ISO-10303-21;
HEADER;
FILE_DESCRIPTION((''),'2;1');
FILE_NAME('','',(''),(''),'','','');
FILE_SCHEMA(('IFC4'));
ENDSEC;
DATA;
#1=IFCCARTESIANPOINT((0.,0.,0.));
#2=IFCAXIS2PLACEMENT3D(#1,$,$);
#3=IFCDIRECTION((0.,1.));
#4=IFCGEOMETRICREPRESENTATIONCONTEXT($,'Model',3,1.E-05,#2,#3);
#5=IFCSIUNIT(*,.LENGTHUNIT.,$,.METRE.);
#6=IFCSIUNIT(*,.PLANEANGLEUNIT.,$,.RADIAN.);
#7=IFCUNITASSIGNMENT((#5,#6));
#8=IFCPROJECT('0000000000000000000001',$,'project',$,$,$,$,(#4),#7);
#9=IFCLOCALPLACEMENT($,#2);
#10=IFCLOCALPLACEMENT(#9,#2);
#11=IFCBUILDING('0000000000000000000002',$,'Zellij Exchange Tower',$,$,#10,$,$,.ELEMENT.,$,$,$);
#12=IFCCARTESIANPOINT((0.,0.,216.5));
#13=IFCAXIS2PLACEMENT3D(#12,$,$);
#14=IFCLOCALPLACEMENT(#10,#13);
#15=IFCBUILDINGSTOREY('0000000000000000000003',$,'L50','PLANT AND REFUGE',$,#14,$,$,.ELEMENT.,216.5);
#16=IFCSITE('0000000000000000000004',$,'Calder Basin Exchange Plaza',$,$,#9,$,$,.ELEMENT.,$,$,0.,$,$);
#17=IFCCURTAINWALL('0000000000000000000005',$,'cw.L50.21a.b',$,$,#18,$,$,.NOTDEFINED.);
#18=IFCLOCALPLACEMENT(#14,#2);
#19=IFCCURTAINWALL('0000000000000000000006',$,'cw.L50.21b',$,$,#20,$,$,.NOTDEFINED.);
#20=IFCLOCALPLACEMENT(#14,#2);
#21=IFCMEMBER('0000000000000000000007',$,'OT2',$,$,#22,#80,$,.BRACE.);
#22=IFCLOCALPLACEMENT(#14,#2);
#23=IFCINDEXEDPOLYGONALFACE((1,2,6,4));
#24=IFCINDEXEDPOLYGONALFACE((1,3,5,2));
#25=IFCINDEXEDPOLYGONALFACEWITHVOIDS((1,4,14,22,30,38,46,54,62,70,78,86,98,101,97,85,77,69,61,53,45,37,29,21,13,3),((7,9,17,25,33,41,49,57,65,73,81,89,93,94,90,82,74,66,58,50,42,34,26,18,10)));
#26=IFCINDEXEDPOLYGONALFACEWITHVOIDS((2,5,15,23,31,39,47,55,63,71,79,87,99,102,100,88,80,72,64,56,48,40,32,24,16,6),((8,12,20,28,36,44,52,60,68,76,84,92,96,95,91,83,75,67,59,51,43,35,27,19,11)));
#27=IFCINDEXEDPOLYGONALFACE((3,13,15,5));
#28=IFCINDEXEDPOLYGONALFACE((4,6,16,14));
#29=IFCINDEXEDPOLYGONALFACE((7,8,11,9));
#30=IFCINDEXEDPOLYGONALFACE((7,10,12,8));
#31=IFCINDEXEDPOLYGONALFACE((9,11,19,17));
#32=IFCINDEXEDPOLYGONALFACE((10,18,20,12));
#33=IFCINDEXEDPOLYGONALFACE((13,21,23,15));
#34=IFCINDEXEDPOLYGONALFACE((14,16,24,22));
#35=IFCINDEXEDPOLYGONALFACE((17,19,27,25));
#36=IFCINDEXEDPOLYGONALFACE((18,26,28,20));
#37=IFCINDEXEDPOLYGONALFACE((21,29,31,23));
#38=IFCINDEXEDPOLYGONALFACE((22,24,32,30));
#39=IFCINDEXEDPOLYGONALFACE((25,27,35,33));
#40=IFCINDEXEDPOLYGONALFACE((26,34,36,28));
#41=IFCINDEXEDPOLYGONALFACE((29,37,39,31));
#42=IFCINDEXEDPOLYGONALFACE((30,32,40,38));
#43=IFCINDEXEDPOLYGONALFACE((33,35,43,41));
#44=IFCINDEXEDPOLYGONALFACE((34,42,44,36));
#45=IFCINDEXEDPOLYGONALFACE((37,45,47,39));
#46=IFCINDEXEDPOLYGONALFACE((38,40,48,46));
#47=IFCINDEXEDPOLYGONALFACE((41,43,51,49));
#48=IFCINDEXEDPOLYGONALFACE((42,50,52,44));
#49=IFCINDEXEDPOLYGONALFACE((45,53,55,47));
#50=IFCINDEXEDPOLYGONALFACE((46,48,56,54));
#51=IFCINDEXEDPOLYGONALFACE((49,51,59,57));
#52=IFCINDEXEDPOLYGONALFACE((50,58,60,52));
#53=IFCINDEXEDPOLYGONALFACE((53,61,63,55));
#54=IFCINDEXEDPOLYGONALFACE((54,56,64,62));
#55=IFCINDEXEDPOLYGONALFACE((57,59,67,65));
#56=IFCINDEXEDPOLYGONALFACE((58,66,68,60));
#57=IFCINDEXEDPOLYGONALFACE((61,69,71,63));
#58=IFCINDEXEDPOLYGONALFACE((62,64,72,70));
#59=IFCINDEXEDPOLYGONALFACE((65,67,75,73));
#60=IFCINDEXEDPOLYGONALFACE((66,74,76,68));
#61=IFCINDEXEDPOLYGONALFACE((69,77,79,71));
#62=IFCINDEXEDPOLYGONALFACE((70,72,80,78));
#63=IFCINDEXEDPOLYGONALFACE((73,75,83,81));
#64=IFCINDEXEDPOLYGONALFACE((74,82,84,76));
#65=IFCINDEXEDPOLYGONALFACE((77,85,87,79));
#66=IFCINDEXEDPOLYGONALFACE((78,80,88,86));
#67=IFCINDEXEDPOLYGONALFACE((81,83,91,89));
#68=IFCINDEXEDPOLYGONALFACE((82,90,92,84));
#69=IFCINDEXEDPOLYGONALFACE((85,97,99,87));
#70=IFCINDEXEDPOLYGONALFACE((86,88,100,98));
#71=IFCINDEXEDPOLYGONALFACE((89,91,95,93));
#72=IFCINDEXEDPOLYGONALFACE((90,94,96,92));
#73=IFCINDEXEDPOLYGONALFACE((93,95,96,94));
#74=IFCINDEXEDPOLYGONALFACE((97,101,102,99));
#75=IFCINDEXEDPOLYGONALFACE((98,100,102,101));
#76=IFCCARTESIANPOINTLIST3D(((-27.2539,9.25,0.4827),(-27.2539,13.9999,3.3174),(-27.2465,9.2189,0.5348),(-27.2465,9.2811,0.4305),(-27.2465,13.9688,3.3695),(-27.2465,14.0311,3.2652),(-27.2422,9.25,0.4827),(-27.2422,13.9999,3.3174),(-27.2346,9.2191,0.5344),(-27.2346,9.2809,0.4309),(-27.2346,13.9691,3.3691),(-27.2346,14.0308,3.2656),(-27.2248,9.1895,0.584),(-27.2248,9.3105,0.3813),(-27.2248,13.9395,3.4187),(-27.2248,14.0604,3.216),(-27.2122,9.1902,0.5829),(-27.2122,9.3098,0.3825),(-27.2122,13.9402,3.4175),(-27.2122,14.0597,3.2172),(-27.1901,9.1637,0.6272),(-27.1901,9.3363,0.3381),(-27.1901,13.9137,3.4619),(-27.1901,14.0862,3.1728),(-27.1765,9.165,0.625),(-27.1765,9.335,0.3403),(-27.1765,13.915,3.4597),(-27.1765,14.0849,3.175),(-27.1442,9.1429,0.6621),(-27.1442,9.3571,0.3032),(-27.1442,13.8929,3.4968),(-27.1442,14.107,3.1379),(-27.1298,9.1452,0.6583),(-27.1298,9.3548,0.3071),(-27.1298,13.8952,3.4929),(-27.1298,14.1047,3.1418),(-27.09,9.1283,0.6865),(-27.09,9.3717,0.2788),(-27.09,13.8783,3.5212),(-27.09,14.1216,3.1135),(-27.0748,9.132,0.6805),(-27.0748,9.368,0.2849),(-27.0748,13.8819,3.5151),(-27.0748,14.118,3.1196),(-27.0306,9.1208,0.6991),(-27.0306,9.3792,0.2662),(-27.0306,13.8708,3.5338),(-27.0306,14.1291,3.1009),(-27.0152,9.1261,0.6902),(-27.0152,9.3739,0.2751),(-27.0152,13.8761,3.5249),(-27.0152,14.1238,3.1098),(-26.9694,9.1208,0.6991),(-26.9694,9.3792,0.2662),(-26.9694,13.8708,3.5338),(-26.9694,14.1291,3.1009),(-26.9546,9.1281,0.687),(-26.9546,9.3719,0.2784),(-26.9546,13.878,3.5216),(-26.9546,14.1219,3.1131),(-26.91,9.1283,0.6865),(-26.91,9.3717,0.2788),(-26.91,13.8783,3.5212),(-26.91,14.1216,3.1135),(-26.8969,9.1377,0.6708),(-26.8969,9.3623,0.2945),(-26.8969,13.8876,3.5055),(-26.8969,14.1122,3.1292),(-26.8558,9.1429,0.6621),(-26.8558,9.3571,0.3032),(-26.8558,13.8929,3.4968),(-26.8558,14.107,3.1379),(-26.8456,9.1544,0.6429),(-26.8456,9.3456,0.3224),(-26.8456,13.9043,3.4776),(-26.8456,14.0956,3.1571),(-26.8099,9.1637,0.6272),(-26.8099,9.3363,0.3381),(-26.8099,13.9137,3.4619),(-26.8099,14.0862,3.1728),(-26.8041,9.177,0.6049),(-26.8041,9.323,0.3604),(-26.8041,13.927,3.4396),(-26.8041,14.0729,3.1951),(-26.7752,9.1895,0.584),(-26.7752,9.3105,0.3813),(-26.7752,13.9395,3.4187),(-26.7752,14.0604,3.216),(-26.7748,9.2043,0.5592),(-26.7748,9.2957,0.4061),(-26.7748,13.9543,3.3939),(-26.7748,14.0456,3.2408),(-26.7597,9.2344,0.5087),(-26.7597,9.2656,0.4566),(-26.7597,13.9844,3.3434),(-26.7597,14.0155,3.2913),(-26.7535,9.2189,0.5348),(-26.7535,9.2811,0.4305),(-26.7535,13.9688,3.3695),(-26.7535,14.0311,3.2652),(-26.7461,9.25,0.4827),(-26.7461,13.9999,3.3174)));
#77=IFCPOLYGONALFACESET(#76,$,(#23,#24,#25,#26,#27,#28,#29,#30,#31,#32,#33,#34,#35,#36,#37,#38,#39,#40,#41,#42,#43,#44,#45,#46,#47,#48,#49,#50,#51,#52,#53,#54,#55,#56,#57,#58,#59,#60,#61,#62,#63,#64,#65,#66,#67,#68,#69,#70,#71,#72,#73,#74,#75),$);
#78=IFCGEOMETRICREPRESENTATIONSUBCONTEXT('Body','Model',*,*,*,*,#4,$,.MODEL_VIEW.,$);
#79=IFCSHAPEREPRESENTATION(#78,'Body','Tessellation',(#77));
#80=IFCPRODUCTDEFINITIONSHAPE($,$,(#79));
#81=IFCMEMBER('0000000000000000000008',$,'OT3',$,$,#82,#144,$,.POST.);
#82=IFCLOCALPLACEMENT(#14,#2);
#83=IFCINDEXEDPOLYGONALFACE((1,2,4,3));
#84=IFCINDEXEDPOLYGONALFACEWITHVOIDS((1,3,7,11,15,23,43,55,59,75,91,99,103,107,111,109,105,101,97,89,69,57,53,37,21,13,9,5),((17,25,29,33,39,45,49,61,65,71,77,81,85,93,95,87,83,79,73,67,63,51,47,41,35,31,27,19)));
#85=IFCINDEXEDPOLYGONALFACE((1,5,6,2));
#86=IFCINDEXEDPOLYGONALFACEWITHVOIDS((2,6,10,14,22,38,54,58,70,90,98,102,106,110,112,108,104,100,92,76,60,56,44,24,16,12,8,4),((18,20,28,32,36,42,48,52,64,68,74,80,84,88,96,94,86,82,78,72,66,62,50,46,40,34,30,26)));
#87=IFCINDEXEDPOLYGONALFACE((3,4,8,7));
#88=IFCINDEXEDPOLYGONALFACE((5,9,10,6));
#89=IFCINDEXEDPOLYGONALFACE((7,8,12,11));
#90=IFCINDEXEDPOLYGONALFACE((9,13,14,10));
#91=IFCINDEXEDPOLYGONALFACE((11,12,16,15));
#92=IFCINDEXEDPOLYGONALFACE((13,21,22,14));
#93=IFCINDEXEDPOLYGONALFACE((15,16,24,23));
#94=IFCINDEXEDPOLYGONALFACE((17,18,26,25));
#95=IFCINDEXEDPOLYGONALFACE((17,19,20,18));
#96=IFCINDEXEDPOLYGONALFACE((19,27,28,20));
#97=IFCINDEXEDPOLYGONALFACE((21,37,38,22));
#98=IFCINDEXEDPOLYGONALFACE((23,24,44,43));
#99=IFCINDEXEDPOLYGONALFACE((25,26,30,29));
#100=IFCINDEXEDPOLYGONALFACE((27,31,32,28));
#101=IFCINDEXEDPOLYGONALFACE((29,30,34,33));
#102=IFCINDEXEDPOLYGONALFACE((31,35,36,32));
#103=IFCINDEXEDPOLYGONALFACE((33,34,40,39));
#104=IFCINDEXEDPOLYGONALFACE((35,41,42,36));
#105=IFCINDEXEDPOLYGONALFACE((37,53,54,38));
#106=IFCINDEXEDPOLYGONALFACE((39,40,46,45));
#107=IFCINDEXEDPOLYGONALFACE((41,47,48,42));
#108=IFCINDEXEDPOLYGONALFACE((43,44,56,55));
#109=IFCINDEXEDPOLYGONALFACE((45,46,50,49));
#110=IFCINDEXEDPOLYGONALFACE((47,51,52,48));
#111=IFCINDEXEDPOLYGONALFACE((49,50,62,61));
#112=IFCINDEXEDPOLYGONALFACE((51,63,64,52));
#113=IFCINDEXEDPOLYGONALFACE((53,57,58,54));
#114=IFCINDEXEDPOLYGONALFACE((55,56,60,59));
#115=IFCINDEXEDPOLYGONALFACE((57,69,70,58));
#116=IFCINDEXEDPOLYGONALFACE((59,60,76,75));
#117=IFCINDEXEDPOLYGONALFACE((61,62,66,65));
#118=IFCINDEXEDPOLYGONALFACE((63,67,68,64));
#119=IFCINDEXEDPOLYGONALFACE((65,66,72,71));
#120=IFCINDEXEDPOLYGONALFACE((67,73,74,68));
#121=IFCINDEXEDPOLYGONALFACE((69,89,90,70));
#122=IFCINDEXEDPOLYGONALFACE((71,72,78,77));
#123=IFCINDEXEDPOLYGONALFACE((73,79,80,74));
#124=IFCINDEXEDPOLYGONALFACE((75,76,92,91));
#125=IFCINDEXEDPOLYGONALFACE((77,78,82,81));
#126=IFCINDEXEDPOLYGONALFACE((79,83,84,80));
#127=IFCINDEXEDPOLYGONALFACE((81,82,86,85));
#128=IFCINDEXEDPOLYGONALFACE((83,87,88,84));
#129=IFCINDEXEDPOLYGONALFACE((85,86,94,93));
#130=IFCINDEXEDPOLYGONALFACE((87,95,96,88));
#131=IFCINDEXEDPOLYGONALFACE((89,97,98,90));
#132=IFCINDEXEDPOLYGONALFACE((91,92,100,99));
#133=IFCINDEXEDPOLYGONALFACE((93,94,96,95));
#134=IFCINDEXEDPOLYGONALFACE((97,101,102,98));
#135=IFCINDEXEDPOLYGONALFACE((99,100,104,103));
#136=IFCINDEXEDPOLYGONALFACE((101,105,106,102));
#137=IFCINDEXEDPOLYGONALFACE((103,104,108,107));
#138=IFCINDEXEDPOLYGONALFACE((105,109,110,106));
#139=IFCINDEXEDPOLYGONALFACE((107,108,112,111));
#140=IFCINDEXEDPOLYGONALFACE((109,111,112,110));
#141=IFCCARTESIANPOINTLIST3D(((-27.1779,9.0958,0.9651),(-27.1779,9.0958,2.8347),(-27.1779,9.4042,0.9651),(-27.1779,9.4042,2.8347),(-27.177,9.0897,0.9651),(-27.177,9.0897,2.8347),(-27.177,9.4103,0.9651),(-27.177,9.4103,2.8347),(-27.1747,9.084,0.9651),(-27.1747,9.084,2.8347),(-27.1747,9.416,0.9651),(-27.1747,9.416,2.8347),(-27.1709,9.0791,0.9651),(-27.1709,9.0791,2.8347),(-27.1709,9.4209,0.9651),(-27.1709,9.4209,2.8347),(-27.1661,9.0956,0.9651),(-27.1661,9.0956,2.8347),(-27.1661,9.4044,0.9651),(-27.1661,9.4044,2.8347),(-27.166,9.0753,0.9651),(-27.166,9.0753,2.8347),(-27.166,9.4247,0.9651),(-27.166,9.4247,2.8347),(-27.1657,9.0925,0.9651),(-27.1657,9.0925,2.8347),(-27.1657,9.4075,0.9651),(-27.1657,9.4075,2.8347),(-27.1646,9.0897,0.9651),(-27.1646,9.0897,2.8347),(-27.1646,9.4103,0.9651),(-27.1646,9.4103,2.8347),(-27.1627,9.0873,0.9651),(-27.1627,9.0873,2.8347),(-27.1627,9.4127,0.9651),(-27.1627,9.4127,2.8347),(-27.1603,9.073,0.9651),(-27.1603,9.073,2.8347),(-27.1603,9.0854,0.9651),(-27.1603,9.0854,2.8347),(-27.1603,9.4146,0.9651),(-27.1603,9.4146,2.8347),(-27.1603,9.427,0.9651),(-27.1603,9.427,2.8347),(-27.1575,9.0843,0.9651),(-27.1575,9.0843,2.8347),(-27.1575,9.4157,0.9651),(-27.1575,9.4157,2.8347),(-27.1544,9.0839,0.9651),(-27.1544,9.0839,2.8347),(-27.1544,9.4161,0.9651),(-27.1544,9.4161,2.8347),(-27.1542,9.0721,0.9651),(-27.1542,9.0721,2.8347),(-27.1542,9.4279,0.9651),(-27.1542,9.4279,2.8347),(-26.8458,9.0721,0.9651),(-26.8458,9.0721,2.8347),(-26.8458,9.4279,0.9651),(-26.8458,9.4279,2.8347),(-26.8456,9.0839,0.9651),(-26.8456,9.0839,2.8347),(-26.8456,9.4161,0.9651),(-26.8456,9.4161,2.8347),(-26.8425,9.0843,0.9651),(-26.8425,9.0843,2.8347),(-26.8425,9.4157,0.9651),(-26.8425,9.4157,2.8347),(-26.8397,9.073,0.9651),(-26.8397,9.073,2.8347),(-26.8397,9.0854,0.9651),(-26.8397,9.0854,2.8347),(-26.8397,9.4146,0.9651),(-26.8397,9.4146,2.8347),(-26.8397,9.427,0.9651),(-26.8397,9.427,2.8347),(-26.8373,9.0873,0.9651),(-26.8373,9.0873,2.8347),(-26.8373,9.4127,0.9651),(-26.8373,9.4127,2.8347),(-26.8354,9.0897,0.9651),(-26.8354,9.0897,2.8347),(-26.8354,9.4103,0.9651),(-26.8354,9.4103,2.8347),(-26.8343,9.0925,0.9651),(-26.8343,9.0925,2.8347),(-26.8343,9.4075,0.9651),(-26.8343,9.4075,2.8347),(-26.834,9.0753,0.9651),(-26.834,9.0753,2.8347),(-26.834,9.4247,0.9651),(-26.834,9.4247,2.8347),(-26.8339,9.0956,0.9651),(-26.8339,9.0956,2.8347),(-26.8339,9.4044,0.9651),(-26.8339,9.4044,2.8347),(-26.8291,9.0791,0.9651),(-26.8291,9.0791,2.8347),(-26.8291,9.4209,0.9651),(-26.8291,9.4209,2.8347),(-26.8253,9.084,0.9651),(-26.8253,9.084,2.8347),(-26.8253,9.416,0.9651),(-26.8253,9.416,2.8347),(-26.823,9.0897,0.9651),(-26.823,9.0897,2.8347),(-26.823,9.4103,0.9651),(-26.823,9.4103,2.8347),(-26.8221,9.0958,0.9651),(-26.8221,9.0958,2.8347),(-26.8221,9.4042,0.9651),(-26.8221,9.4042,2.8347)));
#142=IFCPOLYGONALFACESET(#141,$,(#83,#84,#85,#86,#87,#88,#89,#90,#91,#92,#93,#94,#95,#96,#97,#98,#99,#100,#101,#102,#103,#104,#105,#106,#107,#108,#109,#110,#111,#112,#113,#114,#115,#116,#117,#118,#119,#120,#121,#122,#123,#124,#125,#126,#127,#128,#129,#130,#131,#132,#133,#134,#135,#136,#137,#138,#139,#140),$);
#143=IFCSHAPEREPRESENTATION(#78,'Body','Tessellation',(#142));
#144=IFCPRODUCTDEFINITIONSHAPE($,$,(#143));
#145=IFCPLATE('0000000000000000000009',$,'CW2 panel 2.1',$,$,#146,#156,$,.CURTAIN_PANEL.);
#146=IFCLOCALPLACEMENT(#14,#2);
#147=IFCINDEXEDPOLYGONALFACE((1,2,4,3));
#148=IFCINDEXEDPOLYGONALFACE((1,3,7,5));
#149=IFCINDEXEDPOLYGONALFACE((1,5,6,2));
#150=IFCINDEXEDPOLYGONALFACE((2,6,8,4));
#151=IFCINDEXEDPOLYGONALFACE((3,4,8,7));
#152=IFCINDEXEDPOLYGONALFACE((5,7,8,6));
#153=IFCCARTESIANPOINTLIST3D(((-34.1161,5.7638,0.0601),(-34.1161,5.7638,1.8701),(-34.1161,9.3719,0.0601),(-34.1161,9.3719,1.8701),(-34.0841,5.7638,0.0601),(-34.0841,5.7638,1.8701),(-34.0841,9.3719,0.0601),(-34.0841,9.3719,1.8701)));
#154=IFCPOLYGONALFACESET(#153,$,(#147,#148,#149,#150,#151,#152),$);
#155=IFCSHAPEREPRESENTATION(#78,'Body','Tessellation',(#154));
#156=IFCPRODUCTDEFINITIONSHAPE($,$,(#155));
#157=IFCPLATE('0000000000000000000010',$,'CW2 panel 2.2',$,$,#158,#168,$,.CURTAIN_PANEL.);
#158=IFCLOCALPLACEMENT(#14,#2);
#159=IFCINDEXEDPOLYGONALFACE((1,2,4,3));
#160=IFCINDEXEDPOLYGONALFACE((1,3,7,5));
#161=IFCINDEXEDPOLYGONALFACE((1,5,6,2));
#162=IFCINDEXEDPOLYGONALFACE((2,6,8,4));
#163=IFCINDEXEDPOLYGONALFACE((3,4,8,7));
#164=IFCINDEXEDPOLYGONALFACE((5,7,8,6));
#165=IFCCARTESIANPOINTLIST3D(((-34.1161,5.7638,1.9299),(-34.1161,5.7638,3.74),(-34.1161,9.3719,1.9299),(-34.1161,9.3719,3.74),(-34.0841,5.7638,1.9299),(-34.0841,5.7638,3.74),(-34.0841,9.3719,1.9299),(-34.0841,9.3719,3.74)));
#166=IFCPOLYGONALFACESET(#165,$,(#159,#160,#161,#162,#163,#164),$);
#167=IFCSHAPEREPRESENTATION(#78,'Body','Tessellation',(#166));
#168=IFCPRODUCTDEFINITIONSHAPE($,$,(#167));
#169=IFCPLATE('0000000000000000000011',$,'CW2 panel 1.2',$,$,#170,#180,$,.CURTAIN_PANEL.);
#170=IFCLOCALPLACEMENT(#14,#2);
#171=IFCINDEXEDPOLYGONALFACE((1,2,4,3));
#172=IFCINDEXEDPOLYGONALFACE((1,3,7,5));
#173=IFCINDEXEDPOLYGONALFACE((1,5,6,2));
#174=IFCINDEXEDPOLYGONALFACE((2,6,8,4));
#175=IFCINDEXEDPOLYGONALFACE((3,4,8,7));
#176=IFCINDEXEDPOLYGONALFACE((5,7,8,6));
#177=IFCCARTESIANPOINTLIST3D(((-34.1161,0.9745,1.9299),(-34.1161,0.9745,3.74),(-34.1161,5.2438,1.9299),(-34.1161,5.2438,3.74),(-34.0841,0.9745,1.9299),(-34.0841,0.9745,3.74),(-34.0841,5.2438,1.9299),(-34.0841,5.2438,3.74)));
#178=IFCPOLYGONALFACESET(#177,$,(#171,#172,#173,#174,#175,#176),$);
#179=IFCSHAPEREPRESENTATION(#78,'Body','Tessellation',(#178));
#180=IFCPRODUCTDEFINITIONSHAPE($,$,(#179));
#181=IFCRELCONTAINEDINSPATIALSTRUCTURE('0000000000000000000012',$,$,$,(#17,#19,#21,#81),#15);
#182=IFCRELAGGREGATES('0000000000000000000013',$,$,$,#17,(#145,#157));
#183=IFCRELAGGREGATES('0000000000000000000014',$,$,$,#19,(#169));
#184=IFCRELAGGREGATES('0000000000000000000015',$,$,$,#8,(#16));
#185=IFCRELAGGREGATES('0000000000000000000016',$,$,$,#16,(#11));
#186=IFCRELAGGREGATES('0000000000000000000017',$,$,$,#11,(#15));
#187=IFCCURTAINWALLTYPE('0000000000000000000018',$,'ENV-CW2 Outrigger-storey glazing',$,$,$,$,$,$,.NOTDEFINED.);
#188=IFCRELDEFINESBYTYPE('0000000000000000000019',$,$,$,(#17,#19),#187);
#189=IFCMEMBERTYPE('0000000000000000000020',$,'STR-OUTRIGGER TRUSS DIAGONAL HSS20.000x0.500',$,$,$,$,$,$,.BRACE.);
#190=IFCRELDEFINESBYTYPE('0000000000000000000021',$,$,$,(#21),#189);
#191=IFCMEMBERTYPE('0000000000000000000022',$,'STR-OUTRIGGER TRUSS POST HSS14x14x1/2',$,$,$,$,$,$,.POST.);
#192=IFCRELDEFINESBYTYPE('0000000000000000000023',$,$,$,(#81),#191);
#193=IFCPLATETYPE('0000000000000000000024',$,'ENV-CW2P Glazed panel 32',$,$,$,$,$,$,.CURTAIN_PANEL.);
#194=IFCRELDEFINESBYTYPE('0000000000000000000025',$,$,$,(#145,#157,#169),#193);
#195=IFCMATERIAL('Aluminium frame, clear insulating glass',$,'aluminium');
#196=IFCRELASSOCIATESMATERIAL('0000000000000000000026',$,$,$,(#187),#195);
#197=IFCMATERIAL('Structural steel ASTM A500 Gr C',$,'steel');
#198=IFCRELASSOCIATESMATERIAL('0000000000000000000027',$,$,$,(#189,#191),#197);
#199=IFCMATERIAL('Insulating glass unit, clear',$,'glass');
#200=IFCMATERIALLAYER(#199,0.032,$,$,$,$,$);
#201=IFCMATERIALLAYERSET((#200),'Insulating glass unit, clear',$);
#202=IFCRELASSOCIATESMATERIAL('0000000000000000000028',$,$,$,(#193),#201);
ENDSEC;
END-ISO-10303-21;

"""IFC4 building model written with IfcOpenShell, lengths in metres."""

from ifc_helpers import new_model, si_unit, direction, frame, origin, origin_2d, place, context, subcontext, project, spatial, rectangle, hollow_rectangle, hollow_circle, extrude, material, layer, layer_set, material_profile, profile_set, type_object, element, aggregate, save


model = new_model("IFC4")

# Units and contexts
model_context = context("Model", 3, precision=1e-05, world=origin(), true_north=direction((0.0, 1.0)))
body_context = subcontext(model_context, "Body", "Model", "MODEL_VIEW")
ifc_project = project(units=[si_unit("LENGTHUNIT", "METRE"), si_unit("PLANEANGLEUNIT", "RADIAN")], contexts=[model_context])

# Site, building, storey
site_placement = place(None, origin())
site = spatial("IfcSite", under=ifc_project, at=site_placement, Name="Calder Basin Exchange Plaza", CompositionType="ELEMENT", RefElevation=0.0)
building_placement = place(site_placement, origin())
building = spatial("IfcBuilding", under=site, at=building_placement, Name="Zellij Exchange Tower", CompositionType="ELEMENT")
storey_placement = place(building_placement, frame((0.0, 0.0, 216.5)))
storey = spatial("IfcBuildingStorey", under=building, at=storey_placement, Name="L50", Description="PLANT AND REFUGE", CompositionType="ELEMENT", Elevation=216.5)

# Curtain wall
ifc_material_1 = material(Name="Aluminium frame, clear insulating glass", Category="aluminium")
curtain_wall_type = type_object("IfcCurtainWallType", Name="ENV-CW2 Outrigger-storey glazing", PredefinedType="NOTDEFINED", material=ifc_material_1)
curtain_wall_1_placement = place(storey_placement, origin())
curtain_wall_1 = element("IfcCurtainWall", 1, at=curtain_wall_1_placement, inside=storey, type_object=curtain_wall_type, Name="cw.L50.21a.b", PredefinedType="NOTDEFINED")

# Curtain wall
curtain_wall_2_placement = place(storey_placement, origin())
curtain_wall_2 = element("IfcCurtainWall", 2, at=curtain_wall_2_placement, inside=storey, type_object=curtain_wall_type, Name="cw.L50.21b", PredefinedType="NOTDEFINED")

# Members
ifc_material_2 = material(Name="Structural steel ASTM A500 Gr C", Category="steel")
ifc_material_profile_1 = material_profile(ifc_material_2, hollow_circle(Radius=0.2539, WallThickness=0.0117, at=origin_2d()), Name="STR-OUTRIGGER TRUSS DIAGONAL HSS20.000x0.500")
ifc_profile_set_1 = profile_set([ifc_material_profile_1], Name="Structural steel ASTM A500 Gr C")
member_type_1 = type_object("IfcMemberType", Name="STR-OUTRIGGER TRUSS DIAGONAL HSS20.000x0.500", PredefinedType="BRACE", material=ifc_profile_set_1)
for number, where, z_axis, x_axis, name in (
    (3, (-27.0, 9.25, 0.4827), (0.0, 0.858709, 0.512463), (-1.0, 0.0, 0.0), "OT2"),
):
    element("IfcMember", number, at=place(storey_placement, frame(where, z_axis=z_axis, x_axis=x_axis)), inside=storey, type_object=member_type_1, Name=name, PredefinedType="BRACE", context=body_context, shape_type="SweptSolid", body=[
        extrude(hollow_circle(Radius=0.2539, WallThickness=0.0117, at=origin_2d()), origin(), (0.0, 0.0, 1.0), 5.5315),
    ])
ifc_material_profile_2 = material_profile(ifc_material_2, hollow_rectangle(XDim=0.3557, YDim=0.3557, WallThickness=0.0117, InnerFilletRadius=0.0117, OuterFilletRadius=0.0237, at=origin_2d()), Name="STR-OUTRIGGER TRUSS POST HSS14x14x1/2")
ifc_profile_set_2 = profile_set([ifc_material_profile_2], Name="Structural steel ASTM A500 Gr C")
member_type_2 = type_object("IfcMemberType", Name="STR-OUTRIGGER TRUSS POST HSS14x14x1/2", PredefinedType="POST", material=ifc_profile_set_2)
member_1_placement = place(storey_placement, frame((-27.0, 9.25, 0.9651), z_axis=(0.0, 0.0, 1.0), x_axis=(1.0, 0.0, 0.0)))
element("IfcMember", 4, at=member_1_placement, inside=storey, type_object=member_type_2, Name="OT3", PredefinedType="POST", context=body_context, shape_type="SweptSolid", body=[
    extrude(hollow_rectangle(XDim=0.3557, YDim=0.3557, WallThickness=0.0117, InnerFilletRadius=0.0117, OuterFilletRadius=0.0237, at=origin_2d()), origin(), (0.0, 0.0, 1.0), 1.8696),
])

# Plates
ifc_material_3 = material(Name="Insulating glass unit, clear", Category="glass")
ifc_layer_1 = layer(ifc_material_3, 0.032)
ifc_layer_set_1 = layer_set([ifc_layer_1], Name="Insulating glass unit, clear")
plate_type = type_object("IfcPlateType", Name="ENV-CW2P Glazed panel 32", PredefinedType="CURTAIN_PANEL", material=ifc_layer_set_1)
plate_1_placement = place(storey_placement, frame((-34.1001, 7.5679, 0.0601), z_axis=(0.0, 0.0, 1.0), x_axis=(0.0, -1.0, 0.0)))
plate_1 = element("IfcPlate", 5, at=plate_1_placement, type_object=plate_type, Name="CW2 panel 2.1", PredefinedType="CURTAIN_PANEL", context=body_context, shape_type="SweptSolid", body=[
    extrude(rectangle(XDim=3.6082, YDim=0.032, at=origin_2d()), origin(), (0.0, 0.0, 1.0), 1.8101),
])
plate_2_placement = place(storey_placement, frame((-34.1001, 7.5679, 1.9299), z_axis=(0.0, 0.0, 1.0), x_axis=(0.0, -1.0, 0.0)))
plate_2 = element("IfcPlate", 6, at=plate_2_placement, type_object=plate_type, Name="CW2 panel 2.2", PredefinedType="CURTAIN_PANEL", context=body_context, shape_type="SweptSolid", body=[
    extrude(rectangle(XDim=3.6082, YDim=0.032, at=origin_2d()), origin(), (0.0, 0.0, 1.0), 1.8101),
])
aggregate(curtain_wall_1, [plate_1, plate_2])
plate_3_placement = place(storey_placement, frame((-34.1001, 3.1091, 1.9299), z_axis=(0.0, 0.0, 1.0), x_axis=(0.0, -1.0, 0.0)))
plate_3 = element("IfcPlate", 7, at=plate_3_placement, type_object=plate_type, Name="CW2 panel 1.2", PredefinedType="CURTAIN_PANEL", context=body_context, shape_type="SweptSolid", body=[
    extrude(rectangle(XDim=4.2693, YDim=0.032, at=origin_2d()), origin(), (0.0, 0.0, 1.0), 1.8101),
])
aggregate(curtain_wall_2, [plate_3])

save(model, "model.ifc")
